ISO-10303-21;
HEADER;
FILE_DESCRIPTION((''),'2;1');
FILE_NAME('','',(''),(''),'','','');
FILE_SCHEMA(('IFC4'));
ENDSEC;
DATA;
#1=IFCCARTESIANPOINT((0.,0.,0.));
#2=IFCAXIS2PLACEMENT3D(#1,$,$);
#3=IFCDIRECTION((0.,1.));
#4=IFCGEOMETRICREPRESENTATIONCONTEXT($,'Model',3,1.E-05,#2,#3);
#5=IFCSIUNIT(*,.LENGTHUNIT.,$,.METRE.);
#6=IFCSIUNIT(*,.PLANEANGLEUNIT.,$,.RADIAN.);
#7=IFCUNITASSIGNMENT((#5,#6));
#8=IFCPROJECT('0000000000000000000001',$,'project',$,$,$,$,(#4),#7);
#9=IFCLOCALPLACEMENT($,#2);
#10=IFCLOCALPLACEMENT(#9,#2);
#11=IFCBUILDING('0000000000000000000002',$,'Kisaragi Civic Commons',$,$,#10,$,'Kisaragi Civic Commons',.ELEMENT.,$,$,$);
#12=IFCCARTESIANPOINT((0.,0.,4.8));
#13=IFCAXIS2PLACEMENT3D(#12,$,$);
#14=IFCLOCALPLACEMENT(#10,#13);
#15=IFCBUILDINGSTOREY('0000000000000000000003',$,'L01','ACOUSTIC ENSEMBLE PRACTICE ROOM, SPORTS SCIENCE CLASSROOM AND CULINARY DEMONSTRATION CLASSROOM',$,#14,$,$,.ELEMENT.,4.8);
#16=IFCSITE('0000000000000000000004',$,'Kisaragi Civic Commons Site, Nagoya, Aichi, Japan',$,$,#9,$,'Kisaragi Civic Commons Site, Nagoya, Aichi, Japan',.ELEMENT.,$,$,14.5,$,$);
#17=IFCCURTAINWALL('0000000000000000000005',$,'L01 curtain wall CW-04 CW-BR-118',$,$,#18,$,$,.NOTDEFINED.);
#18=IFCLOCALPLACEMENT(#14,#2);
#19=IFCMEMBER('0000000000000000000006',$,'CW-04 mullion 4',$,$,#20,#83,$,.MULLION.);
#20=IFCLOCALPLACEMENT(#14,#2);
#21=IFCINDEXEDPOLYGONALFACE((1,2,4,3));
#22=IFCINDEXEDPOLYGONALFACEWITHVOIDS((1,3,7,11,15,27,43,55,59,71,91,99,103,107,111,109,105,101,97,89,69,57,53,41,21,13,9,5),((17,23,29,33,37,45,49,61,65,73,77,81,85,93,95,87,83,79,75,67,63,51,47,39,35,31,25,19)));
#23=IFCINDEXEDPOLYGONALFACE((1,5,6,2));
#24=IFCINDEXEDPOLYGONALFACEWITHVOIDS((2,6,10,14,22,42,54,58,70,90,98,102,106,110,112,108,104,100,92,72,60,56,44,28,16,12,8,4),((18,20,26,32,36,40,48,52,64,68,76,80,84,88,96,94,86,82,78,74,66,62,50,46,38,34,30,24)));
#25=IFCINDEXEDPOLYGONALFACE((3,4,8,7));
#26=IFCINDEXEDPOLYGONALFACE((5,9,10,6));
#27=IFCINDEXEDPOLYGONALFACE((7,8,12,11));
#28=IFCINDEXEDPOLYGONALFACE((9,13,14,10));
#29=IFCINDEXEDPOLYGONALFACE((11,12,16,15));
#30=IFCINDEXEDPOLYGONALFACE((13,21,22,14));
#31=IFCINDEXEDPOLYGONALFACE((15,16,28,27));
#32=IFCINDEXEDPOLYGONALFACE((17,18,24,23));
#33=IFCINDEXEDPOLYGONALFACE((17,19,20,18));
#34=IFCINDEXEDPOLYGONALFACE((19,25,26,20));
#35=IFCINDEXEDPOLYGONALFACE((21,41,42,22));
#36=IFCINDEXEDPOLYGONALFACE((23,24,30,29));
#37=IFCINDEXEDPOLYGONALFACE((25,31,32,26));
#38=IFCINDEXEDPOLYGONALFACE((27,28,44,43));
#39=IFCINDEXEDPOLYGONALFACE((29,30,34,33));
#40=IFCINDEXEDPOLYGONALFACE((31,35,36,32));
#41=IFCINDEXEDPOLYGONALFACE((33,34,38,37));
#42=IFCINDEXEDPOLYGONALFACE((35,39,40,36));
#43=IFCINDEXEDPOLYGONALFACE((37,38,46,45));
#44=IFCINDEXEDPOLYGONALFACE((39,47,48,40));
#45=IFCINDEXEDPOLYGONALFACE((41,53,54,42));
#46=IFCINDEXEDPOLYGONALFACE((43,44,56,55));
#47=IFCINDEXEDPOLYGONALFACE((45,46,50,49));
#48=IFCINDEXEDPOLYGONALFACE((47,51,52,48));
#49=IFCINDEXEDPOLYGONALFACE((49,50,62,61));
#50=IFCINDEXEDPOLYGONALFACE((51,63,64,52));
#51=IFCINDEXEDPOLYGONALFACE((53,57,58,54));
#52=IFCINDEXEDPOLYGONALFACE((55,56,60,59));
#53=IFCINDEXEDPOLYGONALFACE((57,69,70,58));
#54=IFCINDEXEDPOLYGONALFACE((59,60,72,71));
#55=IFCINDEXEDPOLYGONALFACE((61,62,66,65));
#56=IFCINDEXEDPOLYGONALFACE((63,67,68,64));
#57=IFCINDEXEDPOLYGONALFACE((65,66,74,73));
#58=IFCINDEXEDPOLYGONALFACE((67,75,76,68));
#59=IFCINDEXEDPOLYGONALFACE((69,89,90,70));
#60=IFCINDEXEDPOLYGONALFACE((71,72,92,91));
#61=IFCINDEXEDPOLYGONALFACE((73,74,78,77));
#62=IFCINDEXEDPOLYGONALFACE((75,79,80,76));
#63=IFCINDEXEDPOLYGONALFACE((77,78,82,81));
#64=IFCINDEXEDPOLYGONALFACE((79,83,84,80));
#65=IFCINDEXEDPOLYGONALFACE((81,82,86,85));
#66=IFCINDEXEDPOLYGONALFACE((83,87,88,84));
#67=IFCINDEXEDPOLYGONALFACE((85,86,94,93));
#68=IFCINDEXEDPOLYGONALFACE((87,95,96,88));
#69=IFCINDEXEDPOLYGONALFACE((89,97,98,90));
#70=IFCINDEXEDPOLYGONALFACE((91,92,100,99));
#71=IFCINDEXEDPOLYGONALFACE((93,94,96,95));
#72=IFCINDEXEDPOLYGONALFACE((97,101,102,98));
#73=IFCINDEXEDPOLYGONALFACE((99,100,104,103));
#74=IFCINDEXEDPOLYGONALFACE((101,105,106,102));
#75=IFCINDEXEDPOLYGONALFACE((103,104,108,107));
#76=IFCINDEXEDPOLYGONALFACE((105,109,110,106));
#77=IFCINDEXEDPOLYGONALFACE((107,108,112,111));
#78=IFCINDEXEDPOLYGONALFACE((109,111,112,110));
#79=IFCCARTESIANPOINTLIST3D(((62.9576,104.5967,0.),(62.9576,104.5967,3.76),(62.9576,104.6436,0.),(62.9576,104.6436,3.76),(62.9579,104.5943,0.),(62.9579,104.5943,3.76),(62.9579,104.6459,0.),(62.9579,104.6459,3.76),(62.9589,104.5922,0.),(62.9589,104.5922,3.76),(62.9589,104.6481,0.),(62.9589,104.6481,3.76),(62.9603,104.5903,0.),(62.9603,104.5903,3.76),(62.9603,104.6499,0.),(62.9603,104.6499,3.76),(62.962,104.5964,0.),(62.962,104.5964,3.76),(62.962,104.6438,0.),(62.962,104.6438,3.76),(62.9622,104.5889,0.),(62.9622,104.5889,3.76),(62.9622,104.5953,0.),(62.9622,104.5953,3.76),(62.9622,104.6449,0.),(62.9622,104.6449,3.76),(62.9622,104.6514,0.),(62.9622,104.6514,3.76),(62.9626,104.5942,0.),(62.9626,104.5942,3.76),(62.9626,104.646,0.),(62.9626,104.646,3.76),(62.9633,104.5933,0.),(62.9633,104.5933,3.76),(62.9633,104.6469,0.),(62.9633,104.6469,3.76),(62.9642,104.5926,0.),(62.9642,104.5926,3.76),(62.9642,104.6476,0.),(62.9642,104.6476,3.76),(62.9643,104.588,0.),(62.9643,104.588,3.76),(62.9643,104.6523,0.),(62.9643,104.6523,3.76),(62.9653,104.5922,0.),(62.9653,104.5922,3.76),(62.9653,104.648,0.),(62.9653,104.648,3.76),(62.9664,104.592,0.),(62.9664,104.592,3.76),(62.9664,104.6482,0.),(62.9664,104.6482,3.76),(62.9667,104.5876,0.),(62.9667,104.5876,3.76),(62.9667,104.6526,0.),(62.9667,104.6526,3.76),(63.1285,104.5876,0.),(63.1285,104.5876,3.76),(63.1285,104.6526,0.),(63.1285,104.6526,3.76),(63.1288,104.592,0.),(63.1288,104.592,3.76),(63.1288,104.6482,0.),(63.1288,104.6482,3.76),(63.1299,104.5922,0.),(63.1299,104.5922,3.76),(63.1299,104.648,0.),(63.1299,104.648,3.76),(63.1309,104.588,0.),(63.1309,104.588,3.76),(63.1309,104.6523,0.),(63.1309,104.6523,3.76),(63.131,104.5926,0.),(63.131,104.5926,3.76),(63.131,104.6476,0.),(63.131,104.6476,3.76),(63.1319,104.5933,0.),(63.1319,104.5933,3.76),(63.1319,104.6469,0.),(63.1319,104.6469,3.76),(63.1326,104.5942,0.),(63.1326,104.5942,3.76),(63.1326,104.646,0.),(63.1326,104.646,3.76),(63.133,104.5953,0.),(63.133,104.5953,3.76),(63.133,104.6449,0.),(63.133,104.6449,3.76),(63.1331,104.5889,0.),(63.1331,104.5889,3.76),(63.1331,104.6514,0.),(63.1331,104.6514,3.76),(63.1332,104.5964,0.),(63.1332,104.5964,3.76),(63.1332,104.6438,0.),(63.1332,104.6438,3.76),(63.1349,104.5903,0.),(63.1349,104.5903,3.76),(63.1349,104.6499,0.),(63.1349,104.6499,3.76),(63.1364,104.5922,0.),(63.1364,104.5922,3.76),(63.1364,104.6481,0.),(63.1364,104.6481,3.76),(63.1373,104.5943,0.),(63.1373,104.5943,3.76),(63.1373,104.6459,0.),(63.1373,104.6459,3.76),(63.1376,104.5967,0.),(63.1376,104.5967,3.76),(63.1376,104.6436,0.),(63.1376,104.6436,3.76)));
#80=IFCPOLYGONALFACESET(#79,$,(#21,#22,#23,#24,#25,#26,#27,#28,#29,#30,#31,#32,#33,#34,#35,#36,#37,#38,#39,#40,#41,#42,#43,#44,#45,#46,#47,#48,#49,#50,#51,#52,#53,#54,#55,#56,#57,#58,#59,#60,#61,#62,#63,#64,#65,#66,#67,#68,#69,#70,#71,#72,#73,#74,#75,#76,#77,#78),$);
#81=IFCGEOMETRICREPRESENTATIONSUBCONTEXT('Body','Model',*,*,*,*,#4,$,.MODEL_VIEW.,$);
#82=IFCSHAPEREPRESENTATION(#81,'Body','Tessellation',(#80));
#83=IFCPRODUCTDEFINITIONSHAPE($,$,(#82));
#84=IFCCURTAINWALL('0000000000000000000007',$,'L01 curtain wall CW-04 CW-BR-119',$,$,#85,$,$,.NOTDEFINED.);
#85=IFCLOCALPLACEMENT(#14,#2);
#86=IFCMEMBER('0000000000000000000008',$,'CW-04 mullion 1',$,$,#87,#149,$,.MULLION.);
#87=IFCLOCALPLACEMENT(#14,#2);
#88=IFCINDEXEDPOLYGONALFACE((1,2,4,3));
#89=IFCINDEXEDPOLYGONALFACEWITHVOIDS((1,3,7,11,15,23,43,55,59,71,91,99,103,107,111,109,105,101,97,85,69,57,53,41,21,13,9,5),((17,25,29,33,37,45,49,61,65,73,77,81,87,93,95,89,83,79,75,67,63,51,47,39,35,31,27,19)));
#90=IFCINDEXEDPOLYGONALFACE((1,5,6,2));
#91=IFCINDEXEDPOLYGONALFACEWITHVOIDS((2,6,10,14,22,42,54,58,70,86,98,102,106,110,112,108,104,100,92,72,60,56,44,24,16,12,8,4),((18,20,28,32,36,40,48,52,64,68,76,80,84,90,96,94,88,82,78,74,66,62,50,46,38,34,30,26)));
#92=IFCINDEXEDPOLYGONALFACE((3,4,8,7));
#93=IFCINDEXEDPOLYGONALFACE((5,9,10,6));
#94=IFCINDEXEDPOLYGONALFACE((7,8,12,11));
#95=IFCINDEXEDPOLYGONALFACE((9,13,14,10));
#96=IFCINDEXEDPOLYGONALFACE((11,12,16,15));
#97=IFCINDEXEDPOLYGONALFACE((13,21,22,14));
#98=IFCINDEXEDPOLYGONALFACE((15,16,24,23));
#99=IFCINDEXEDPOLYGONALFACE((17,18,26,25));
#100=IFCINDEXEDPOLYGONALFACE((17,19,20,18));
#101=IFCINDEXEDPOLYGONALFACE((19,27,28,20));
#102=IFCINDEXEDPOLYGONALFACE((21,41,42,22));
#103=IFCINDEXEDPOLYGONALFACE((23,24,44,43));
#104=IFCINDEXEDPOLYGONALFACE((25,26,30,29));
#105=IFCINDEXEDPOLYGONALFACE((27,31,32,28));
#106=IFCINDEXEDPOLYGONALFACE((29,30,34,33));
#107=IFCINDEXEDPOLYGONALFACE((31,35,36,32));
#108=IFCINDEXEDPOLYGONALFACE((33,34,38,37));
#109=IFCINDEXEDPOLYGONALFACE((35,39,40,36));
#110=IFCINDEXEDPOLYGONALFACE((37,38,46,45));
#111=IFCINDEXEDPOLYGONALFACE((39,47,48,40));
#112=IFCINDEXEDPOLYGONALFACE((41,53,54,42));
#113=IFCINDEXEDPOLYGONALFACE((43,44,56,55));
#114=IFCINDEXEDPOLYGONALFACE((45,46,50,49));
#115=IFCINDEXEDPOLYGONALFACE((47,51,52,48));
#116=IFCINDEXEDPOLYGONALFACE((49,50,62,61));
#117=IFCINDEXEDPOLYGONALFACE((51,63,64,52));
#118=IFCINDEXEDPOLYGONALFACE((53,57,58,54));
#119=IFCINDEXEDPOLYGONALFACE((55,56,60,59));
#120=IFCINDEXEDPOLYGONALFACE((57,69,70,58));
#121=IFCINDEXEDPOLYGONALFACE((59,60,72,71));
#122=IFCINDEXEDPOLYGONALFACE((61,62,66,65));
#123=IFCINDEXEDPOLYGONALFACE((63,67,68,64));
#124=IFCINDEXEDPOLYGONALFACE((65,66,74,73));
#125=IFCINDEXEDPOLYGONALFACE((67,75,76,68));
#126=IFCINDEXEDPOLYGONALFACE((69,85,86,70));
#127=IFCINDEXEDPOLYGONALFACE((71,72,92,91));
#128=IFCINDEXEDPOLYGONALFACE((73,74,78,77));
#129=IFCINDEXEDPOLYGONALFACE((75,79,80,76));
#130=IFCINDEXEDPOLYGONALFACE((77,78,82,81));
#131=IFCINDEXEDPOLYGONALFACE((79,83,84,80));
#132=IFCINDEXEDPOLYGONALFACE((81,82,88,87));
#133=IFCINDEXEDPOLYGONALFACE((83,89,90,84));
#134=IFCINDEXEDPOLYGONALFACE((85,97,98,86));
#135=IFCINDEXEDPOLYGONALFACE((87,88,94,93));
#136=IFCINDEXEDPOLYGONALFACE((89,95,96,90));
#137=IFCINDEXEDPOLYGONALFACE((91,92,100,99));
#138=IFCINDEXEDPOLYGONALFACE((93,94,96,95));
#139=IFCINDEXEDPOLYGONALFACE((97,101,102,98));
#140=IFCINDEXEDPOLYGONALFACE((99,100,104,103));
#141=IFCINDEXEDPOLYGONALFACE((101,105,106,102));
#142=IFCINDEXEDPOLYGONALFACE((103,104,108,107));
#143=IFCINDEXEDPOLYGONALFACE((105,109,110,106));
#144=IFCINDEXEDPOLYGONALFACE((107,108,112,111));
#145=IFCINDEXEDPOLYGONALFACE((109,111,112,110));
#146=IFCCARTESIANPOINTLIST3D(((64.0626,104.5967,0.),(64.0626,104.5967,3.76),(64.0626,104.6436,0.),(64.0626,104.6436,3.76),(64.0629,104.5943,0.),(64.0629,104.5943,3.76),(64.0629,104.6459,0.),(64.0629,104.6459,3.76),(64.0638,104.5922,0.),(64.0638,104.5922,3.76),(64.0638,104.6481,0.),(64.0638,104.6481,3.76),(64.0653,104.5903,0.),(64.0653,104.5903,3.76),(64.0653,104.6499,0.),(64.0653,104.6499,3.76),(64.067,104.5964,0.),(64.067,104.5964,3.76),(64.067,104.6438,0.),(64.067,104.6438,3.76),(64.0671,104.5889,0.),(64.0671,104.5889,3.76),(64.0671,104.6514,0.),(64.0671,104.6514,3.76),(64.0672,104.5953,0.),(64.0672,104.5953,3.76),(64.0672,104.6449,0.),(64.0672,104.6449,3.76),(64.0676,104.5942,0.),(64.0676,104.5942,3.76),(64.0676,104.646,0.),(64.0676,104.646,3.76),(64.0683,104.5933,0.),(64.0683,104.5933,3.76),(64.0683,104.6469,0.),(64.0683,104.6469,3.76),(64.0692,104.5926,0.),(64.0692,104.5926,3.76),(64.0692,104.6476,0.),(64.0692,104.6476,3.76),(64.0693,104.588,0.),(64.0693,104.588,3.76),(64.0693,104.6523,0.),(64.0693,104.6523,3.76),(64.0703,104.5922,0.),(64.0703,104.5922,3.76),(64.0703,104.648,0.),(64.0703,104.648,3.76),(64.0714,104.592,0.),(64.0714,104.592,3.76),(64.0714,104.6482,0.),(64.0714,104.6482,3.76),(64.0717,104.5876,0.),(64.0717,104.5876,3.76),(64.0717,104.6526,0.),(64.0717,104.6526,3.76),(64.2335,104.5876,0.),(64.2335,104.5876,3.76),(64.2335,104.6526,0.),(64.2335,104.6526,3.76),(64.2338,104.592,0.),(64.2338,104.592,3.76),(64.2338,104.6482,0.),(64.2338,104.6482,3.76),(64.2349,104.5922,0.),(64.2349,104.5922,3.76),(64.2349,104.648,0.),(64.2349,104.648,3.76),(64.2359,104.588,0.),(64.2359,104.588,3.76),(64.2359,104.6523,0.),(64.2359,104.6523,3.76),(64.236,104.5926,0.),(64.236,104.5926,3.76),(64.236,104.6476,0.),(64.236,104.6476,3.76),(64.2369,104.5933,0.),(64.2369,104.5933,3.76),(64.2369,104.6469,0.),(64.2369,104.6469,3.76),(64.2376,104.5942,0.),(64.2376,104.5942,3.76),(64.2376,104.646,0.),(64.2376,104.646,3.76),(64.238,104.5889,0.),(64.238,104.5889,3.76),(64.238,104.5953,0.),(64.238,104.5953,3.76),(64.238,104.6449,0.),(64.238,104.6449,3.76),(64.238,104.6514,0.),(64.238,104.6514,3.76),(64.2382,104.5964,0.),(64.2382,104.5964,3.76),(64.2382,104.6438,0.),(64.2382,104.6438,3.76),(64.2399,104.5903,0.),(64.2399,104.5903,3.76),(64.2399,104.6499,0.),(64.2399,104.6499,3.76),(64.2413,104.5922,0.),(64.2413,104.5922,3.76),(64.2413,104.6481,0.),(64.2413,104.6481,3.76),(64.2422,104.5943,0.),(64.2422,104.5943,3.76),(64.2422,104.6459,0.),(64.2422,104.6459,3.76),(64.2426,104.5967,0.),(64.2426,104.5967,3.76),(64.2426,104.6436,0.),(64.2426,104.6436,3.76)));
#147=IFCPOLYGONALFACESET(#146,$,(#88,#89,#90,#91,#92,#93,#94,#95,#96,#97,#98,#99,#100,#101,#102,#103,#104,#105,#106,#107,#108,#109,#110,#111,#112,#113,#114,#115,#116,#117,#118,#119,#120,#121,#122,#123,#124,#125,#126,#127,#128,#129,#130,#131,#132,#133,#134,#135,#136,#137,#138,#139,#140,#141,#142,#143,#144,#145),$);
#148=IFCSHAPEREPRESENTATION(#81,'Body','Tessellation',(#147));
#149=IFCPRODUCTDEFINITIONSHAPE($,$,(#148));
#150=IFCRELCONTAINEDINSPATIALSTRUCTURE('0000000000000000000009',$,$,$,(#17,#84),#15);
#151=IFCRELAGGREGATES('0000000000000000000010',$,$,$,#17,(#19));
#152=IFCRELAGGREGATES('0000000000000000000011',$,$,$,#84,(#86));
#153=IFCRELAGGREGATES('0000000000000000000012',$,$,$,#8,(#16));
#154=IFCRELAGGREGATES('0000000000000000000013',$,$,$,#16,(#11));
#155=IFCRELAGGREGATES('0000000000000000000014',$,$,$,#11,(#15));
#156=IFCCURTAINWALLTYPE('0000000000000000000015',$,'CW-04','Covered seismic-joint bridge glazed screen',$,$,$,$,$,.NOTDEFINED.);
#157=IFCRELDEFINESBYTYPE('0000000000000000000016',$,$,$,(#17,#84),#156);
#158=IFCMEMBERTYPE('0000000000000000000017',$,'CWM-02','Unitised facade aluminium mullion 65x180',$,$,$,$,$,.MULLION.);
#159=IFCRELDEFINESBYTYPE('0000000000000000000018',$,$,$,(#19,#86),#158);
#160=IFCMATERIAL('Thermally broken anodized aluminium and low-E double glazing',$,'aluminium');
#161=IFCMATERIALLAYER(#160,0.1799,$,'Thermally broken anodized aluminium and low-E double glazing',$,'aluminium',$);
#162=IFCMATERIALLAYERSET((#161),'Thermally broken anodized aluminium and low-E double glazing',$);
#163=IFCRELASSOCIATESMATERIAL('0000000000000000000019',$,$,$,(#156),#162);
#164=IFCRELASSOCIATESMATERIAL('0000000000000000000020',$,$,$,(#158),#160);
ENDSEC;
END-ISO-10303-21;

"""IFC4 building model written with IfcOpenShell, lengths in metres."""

from ifc_helpers import new_model, si_unit, direction, frame, origin, origin_2d, place, context, subcontext, project, spatial, hollow_rectangle, extrude, material, layer, layer_set, material_profile, profile_set, type_object, element, aggregate, save


model = new_model("IFC4")

# Units and contexts
model_context = context("Model", 3, precision=1e-05, world=origin(), true_north=direction((0.0, 1.0)))
body_context = subcontext(model_context, "Body", "Model", "MODEL_VIEW")
ifc_project = project(units=[si_unit("LENGTHUNIT", "METRE"), si_unit("PLANEANGLEUNIT", "RADIAN")], contexts=[model_context])

# Site, building, storey
site_placement = place(None, origin())
site = spatial("IfcSite", under=ifc_project, at=site_placement, Name="Kisaragi Civic Commons Site, Nagoya, Aichi, Japan", LongName="Kisaragi Civic Commons Site, Nagoya, Aichi, Japan", CompositionType="ELEMENT", RefElevation=14.5)
building_placement = place(site_placement, origin())
building = spatial("IfcBuilding", under=site, at=building_placement, Name="Kisaragi Civic Commons", LongName="Kisaragi Civic Commons", CompositionType="ELEMENT")
storey_placement = place(building_placement, frame((0.0, 0.0, 4.8)))
storey = spatial("IfcBuildingStorey", under=building, at=storey_placement, Name="L01", Description="ACOUSTIC ENSEMBLE PRACTICE ROOM, SPORTS SCIENCE CLASSROOM AND CULINARY DEMONSTRATION CLASSROOM", CompositionType="ELEMENT", Elevation=4.8)

# Curtain wall, member
ifc_material_1 = material(Name="Thermally broken anodized aluminium and low-E double glazing", Category="aluminium")
ifc_layer_1 = layer(ifc_material_1, 0.1799, Name="Thermally broken anodized aluminium and low-E double glazing", Category="aluminium")
ifc_layer_set_1 = layer_set([ifc_layer_1], Name="Thermally broken anodized aluminium and low-E double glazing")
curtain_wall_type = type_object("IfcCurtainWallType", Name="CW-04", Description="Covered seismic-joint bridge glazed screen", PredefinedType="NOTDEFINED", material=ifc_layer_set_1)
curtain_wall_1_placement = place(storey_placement, origin())
curtain_wall_1 = element("IfcCurtainWall", 1, at=curtain_wall_1_placement, inside=storey, type_object=curtain_wall_type, Name="L01 curtain wall CW-04 CW-BR-118", PredefinedType="NOTDEFINED")
ifc_material_profile_1 = material_profile(ifc_material_1, hollow_rectangle(XDim=0.0649, YDim=0.1799, WallThickness=0.0044, InnerFilletRadius=0.0044, OuterFilletRadius=0.009, at=origin_2d()), Name="CWM-65x180x4.5", Category="aluminium")
ifc_profile_set_1 = profile_set([ifc_material_profile_1], Name="Thermally broken anodized aluminium and low-E double glazing")
member_type_1 = type_object("IfcMemberType", Name="CWM-02", Description="Unitised facade aluminium mullion 65x180", PredefinedType="MULLION", material=ifc_profile_set_1)
member_1_placement = place(storey_placement, frame((63.0476, 104.6201, 0.0), z_axis=(0.0, 0.0, 1.0), x_axis=(0.0, 1.0, 0.0)))
member_1 = element("IfcMember", 2, at=member_1_placement, type_object=member_type_1, Name="CW-04 mullion 4", PredefinedType="MULLION", context=body_context, shape_type="SweptSolid", body=[
    extrude(hollow_rectangle(XDim=0.0649, YDim=0.1799, WallThickness=0.0044, InnerFilletRadius=0.0044, OuterFilletRadius=0.009, at=origin_2d()), origin(), (0.0, 0.0, 1.0), 3.76),
])

# Curtain wall, member
curtain_wall_2_placement = place(storey_placement, origin())
curtain_wall_2 = element("IfcCurtainWall", 3, at=curtain_wall_2_placement, inside=storey, type_object=curtain_wall_type, Name="L01 curtain wall CW-04 CW-BR-119", PredefinedType="NOTDEFINED")
member_2_placement = place(storey_placement, frame((64.1526, 104.6201, 0.0), z_axis=(0.0, 0.0, 1.0), x_axis=(0.0, 1.0, 0.0)))
member_2 = element("IfcMember", 4, at=member_2_placement, type_object=member_type_1, Name="CW-04 mullion 1", PredefinedType="MULLION", context=body_context, shape_type="SweptSolid", body=[
    extrude(hollow_rectangle(XDim=0.0649, YDim=0.1799, WallThickness=0.0044, InnerFilletRadius=0.0044, OuterFilletRadius=0.009, at=origin_2d()), origin(), (0.0, 0.0, 1.0), 3.76),
])

aggregate(curtain_wall_1, [member_1])
aggregate(curtain_wall_2, [member_2])

save(model, "model.ifc")
